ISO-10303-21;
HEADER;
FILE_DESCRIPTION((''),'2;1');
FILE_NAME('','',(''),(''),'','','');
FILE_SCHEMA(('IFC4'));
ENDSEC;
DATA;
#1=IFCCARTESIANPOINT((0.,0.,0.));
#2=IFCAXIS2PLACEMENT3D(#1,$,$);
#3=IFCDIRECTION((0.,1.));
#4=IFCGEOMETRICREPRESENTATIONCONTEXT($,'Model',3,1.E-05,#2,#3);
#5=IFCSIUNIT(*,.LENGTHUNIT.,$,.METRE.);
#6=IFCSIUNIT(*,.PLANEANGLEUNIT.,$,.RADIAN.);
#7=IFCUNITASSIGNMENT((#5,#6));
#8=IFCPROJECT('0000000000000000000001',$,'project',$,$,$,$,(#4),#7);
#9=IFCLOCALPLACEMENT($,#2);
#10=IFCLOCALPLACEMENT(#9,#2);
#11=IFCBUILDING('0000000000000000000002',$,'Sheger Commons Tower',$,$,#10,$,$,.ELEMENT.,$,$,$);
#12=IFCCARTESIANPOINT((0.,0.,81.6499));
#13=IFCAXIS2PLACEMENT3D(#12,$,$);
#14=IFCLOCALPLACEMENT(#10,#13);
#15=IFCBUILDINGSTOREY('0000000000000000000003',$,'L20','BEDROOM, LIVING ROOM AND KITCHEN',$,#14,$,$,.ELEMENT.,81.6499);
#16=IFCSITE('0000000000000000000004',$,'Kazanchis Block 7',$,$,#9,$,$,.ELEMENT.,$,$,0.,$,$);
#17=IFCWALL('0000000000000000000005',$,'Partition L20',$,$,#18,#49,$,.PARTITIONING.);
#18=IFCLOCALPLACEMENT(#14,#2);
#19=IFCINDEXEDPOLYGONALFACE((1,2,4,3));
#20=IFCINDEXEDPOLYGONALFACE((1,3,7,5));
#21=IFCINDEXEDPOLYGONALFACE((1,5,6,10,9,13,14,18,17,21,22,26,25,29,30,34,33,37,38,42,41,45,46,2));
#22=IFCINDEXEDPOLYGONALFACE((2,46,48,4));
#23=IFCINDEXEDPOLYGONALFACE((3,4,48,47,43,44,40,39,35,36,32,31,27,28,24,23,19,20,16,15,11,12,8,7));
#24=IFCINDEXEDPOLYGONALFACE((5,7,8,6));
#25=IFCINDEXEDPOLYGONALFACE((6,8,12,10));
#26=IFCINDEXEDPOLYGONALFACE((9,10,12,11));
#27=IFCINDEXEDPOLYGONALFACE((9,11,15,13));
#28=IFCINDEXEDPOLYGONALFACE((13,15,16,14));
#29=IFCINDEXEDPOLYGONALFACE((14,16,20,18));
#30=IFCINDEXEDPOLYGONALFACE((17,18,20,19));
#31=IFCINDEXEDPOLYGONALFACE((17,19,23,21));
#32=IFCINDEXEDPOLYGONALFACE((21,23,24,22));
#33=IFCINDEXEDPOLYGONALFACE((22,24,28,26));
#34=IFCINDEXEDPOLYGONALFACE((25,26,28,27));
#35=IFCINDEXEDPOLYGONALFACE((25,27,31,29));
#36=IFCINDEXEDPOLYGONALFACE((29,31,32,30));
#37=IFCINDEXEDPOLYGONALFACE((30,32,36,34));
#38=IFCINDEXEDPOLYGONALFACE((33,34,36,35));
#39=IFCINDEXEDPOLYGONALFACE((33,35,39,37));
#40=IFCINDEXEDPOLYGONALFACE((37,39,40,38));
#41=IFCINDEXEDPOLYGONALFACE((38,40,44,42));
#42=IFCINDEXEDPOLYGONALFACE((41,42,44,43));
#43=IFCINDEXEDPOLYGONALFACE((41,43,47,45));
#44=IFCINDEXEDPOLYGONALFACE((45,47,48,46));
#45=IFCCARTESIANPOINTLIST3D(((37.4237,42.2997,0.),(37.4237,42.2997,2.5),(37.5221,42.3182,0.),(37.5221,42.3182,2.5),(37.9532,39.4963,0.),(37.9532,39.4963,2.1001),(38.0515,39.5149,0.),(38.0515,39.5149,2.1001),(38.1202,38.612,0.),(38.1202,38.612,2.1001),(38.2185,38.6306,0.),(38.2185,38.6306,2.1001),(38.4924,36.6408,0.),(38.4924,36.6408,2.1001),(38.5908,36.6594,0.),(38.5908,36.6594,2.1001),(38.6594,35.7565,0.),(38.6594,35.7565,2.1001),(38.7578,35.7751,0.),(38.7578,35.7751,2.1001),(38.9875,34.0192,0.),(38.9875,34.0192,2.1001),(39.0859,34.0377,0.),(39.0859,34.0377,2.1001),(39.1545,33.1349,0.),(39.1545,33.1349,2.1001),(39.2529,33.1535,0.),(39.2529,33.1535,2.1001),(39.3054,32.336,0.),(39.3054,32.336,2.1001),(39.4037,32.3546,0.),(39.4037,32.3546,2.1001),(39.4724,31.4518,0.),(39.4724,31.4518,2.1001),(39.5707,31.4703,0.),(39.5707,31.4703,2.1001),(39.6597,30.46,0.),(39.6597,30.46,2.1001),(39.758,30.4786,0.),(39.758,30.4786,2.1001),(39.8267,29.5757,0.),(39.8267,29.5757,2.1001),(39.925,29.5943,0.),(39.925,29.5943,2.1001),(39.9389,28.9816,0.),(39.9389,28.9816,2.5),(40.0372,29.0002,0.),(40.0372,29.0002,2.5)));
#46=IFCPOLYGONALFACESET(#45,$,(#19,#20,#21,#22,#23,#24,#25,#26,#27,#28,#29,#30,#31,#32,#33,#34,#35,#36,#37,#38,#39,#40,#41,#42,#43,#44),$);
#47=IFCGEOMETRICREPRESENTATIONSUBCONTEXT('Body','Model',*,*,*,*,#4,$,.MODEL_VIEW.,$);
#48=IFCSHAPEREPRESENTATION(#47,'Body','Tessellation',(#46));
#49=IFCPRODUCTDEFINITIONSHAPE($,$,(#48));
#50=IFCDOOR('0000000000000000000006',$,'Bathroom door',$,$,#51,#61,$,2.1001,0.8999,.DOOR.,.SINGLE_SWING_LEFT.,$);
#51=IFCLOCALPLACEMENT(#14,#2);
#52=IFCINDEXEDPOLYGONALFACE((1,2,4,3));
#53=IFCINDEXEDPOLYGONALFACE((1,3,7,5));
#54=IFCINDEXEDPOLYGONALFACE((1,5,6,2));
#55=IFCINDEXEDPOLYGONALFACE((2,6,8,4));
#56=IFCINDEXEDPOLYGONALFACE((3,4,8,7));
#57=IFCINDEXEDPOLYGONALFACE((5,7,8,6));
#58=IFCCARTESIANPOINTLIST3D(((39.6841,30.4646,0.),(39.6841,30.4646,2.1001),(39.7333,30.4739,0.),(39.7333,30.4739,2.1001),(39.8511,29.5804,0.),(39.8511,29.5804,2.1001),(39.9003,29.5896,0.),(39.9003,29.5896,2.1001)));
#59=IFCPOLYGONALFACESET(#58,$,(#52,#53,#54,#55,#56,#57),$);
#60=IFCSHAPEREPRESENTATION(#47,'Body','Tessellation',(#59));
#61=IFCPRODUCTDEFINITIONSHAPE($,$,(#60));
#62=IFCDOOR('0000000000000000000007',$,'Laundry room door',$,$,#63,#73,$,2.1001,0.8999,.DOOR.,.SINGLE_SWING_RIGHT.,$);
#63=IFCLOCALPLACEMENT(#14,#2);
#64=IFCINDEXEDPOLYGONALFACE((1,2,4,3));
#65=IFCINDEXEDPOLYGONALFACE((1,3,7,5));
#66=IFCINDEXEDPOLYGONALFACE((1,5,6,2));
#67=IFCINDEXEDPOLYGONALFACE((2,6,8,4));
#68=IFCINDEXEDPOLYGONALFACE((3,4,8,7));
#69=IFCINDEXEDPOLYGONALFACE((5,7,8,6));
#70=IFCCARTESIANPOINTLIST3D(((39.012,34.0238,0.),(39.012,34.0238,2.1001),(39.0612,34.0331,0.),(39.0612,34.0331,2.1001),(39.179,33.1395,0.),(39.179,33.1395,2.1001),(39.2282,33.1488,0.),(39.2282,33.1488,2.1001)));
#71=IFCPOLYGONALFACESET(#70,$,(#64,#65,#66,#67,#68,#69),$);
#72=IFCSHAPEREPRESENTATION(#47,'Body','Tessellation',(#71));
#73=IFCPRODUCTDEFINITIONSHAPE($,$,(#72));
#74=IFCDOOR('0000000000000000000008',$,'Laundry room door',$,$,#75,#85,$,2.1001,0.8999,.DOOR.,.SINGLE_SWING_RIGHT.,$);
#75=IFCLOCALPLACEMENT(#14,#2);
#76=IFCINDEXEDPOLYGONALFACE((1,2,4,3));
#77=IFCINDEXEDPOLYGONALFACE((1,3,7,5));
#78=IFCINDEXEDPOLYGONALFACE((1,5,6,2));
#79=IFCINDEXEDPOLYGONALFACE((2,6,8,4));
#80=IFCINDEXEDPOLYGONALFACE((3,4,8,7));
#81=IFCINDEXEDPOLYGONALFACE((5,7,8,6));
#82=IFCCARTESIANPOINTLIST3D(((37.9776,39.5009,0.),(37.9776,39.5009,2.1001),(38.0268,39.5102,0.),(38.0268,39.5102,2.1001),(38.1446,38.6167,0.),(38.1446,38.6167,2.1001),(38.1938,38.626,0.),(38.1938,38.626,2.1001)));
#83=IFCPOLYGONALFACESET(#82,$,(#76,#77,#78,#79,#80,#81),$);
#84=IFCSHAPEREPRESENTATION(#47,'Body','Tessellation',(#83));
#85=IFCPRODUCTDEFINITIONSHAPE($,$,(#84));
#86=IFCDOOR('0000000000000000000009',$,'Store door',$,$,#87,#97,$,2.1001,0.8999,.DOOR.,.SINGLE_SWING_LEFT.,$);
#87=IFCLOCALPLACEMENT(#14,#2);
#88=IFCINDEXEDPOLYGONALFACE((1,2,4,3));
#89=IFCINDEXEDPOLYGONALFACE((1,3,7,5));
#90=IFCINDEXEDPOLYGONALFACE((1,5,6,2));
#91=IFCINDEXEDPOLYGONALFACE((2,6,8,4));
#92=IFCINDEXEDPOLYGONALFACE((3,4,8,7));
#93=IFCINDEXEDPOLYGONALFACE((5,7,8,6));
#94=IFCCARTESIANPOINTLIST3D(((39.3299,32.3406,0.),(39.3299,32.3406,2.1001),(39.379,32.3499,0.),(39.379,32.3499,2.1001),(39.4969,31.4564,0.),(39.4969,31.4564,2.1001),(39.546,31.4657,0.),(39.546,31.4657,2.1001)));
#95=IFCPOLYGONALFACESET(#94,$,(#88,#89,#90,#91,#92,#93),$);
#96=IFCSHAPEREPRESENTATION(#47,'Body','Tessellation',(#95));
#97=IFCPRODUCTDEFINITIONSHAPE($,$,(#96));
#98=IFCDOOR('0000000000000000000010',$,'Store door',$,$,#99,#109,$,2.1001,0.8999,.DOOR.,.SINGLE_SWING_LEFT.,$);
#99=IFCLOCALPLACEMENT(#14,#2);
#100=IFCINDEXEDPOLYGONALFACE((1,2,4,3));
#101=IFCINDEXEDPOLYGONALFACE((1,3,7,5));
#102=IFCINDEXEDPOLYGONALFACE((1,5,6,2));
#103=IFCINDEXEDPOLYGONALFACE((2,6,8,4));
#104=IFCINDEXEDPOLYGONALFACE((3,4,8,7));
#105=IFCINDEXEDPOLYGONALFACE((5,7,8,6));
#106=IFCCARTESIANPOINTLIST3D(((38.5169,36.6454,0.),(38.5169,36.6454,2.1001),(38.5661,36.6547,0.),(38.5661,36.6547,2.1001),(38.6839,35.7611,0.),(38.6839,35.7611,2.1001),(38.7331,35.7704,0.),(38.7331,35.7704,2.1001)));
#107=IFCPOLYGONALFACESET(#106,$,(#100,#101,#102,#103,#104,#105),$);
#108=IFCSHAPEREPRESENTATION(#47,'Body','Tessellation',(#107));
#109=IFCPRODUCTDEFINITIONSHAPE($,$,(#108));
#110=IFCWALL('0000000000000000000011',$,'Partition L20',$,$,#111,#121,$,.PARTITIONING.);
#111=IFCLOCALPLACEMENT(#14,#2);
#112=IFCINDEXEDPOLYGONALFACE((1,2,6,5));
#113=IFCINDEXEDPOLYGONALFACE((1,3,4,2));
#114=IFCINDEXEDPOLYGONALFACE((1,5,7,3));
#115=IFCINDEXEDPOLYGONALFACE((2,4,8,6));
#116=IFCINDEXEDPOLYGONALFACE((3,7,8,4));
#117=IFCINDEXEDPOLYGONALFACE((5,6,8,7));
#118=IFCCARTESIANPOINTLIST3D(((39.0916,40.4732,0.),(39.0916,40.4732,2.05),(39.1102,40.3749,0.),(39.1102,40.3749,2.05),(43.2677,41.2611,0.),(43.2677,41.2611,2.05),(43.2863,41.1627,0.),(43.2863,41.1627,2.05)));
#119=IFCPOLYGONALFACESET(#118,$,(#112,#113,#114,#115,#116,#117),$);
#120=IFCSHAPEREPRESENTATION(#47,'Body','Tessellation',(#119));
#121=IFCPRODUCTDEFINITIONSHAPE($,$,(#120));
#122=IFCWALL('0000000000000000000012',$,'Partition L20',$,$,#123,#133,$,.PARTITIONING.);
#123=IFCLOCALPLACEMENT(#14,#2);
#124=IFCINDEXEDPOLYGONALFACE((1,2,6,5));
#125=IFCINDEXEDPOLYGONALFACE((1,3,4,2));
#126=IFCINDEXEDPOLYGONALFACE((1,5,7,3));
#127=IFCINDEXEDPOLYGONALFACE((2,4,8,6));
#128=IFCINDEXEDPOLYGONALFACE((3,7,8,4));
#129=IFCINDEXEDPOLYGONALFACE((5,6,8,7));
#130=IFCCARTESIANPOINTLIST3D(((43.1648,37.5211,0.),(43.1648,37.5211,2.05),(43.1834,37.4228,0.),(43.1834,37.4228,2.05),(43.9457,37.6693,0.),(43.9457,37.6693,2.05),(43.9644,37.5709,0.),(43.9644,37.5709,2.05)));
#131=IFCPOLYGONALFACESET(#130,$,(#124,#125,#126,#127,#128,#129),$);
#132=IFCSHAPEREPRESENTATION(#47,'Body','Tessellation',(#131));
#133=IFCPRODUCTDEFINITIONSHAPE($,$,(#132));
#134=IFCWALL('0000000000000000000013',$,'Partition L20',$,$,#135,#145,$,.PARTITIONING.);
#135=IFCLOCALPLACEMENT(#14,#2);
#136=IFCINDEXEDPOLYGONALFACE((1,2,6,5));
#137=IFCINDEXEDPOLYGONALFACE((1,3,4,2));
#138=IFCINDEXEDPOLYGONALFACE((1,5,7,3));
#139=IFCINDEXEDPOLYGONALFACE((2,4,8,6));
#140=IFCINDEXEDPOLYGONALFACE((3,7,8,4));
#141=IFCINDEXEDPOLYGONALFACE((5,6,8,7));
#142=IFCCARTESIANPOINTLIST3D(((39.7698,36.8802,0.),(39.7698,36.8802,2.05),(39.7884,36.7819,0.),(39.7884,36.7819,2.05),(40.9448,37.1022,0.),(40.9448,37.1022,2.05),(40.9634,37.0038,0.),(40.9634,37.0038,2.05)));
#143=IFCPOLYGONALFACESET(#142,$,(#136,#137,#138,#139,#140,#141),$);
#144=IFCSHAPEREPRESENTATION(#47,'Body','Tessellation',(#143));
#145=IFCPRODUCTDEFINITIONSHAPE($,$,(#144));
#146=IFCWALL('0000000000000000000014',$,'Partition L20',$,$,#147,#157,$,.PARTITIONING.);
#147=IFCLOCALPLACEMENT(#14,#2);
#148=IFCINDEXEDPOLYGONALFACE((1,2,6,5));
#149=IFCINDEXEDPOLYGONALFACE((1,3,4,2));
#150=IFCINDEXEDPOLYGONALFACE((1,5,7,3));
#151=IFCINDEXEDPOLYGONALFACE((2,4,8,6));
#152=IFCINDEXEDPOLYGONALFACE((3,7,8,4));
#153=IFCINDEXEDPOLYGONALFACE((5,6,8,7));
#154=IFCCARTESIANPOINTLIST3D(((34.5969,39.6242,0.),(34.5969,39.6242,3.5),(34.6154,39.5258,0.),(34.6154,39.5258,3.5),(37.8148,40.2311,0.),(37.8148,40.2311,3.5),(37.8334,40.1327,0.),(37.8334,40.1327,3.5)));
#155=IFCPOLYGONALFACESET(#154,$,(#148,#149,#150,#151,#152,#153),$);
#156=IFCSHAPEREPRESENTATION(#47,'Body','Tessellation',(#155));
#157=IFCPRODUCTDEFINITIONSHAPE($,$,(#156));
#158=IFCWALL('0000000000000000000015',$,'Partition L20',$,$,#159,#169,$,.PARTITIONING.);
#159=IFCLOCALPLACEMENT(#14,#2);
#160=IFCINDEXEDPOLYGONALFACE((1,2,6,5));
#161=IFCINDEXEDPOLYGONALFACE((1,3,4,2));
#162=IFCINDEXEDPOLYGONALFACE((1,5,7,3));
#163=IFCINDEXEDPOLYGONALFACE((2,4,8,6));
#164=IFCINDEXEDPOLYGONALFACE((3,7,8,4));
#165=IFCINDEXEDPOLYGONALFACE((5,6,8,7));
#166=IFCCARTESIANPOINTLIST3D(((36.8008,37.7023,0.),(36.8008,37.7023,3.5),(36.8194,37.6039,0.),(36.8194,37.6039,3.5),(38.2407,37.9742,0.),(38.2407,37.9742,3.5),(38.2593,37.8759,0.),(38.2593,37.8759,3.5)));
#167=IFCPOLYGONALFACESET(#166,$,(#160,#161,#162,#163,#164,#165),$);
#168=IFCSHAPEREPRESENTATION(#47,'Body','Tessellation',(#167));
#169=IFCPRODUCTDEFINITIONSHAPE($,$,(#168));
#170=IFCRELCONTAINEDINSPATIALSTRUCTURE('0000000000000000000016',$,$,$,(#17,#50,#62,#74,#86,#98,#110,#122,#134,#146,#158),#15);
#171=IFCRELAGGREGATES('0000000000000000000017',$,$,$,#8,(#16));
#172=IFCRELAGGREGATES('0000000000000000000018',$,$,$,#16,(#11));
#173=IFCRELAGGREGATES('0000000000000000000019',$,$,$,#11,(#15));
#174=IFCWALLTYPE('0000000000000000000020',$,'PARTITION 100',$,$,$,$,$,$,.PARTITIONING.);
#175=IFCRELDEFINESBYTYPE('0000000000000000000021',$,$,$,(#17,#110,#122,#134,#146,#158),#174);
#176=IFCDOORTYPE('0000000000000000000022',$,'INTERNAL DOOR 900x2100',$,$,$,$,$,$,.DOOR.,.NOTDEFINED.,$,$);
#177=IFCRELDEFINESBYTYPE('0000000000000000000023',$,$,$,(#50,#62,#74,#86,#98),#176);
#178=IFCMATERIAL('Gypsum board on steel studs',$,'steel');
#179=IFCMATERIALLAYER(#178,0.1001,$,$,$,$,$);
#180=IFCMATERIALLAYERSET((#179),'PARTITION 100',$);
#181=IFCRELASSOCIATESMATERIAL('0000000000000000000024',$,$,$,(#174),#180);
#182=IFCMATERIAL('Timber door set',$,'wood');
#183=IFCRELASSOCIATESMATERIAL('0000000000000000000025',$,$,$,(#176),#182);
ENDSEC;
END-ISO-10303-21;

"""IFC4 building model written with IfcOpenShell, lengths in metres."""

from ifc_helpers import new_model, si_unit, direction, frame, frame_2d, origin, place, context, subcontext, project, spatial, rectangle, extrude, material, layer, layer_set, type_object, element, fill, save


model = new_model("IFC4")

# Units and contexts
model_context = context("Model", 3, precision=1e-05, world=origin(), true_north=direction((0.0, 1.0)))
body_context = subcontext(model_context, "Body", "Model", "MODEL_VIEW")
ifc_project = project(units=[si_unit("LENGTHUNIT", "METRE"), si_unit("PLANEANGLEUNIT", "RADIAN")], contexts=[model_context])

# Site, building, storey
site_placement = place(None, origin())
site = spatial("IfcSite", under=ifc_project, at=site_placement, Name="Kazanchis Block 7", CompositionType="ELEMENT", RefElevation=0.0)
building_placement = place(site_placement, origin())
building = spatial("IfcBuilding", under=site, at=building_placement, Name="Sheger Commons Tower", CompositionType="ELEMENT")
storey_placement = place(building_placement, frame((0.0, 0.0, 81.6499)))
storey = spatial("IfcBuildingStorey", under=building, at=storey_placement, Name="L20", Description="BEDROOM, LIVING ROOM AND KITCHEN", CompositionType="ELEMENT", Elevation=81.6499)

# Shared definitions
ifc_material_1 = material(Name="Gypsum board on steel studs", Category="steel")
ifc_layer_1 = layer(ifc_material_1, 0.1001)
ifc_layer_set_1 = layer_set([ifc_layer_1], Name="PARTITION 100")
wall_type = type_object("IfcWallType", Name="PARTITION 100", PredefinedType="PARTITIONING", material=ifc_layer_set_1)

# Wall, openings, doors
ifc_material_2 = material(Name="Timber door set", Category="wood")
door_type = type_object("IfcDoorType", Name="INTERNAL DOOR 900x2100", OperationType="NOTDEFINED", PredefinedType="DOOR", material=ifc_material_2)
wall_1_placement = place(storey_placement, frame((37.4729, 42.3091, 0.0), z_axis=(0.0, 0.0, 1.0), x_axis=(0.185571, -0.982631, 0.0)))
wall_1 = element("IfcWall", 1, at=wall_1_placement, inside=storey, type_object=wall_type, Name="Partition L20", PredefinedType="PARTITIONING", context=body_context, shape_type="SweptSolid", body=[
    extrude(rectangle(XDim=13.5535, YDim=0.1001, at=frame_2d((6.7769, 0.0))), origin(), (0.0, 0.0, 1.0), 2.5),
])
opening_1_placement = place(wall_1_placement, frame((12.0491, 0.0, 0.0)))
opening_1 = element("IfcOpeningElement", 2, at=opening_1_placement, cuts=wall_1, PredefinedType="OPENING", context=body_context, shape_type="SweptSolid", body=[
    extrude(rectangle(XDim=0.8999, YDim=2.1001, at=frame_2d((0.45, 1.05))), frame((0.0, 0.0601, 0.0), z_axis=(0.0, -1.0, 0.0), x_axis=(1.0, 0.0, 0.0)), (0.0, 0.0, 1.0), 0.1201),
])
opening_2_placement = place(wall_1_placement, frame((8.427, 0.0, 0.0)))
opening_2 = element("IfcOpeningElement", 3, at=opening_2_placement, cuts=wall_1, PredefinedType="OPENING", context=body_context, shape_type="SweptSolid", body=[
    extrude(rectangle(XDim=0.8999, YDim=2.1001, at=frame_2d((0.45, 1.05))), frame((0.0, 0.0601, 0.0), z_axis=(0.0, -1.0, 0.0), x_axis=(1.0, 0.0, 0.0)), (0.0, 0.0, 1.0), 0.1201),
])
opening_3_placement = place(wall_1_placement, frame((2.853, 0.0, 0.0)))
opening_3 = element("IfcOpeningElement", 4, at=opening_3_placement, cuts=wall_1, PredefinedType="OPENING", context=body_context, shape_type="SweptSolid", body=[
    extrude(rectangle(XDim=0.8999, YDim=2.1001, at=frame_2d((0.45, 1.05))), frame((0.0, 0.0601, 0.0), z_axis=(0.0, -1.0, 0.0), x_axis=(1.0, 0.0, 0.0)), (0.0, 0.0, 1.0), 0.1201),
])
opening_4_placement = place(wall_1_placement, frame((10.1399, 0.0, 0.0)))
opening_4 = element("IfcOpeningElement", 5, at=opening_4_placement, cuts=wall_1, PredefinedType="OPENING", context=body_context, shape_type="SweptSolid", body=[
    extrude(rectangle(XDim=0.8999, YDim=2.1001, at=frame_2d((0.45, 1.05))), frame((0.0, 0.0601, 0.0), z_axis=(0.0, -1.0, 0.0), x_axis=(1.0, 0.0, 0.0)), (0.0, 0.0, 1.0), 0.1201),
])
opening_5_placement = place(wall_1_placement, frame((5.759, 0.0, 0.0)))
opening_5 = element("IfcOpeningElement", 6, at=opening_5_placement, cuts=wall_1, PredefinedType="OPENING", context=body_context, shape_type="SweptSolid", body=[
    extrude(rectangle(XDim=0.8999, YDim=2.1001, at=frame_2d((0.45, 1.05))), frame((0.0, 0.0601, 0.0), z_axis=(0.0, -1.0, 0.0), x_axis=(1.0, 0.0, 0.0)), (0.0, 0.0, 1.0), 0.1201),
])
door_1_placement = place(opening_1_placement, origin())
door_1 = element("IfcDoor", 7, at=door_1_placement, inside=storey, type_object=door_type, Name="Bathroom door", OperationType="SINGLE_SWING_LEFT", OverallHeight=2.1001, OverallWidth=0.8999, PredefinedType="DOOR", context=body_context, shape_type="SweptSolid", body=[
    extrude(rectangle(XDim=0.8999, YDim=2.1001, at=frame_2d((0.45, 1.05))), frame((0.0, 0.0249, 0.0), z_axis=(0.0, -1.0, 0.0), x_axis=(1.0, 0.0, 0.0)), (0.0, 0.0, 1.0), 0.05),
])
fill(opening_1, door_1)
door_2_placement = place(opening_2_placement, origin())
door_2 = element("IfcDoor", 8, at=door_2_placement, inside=storey, type_object=door_type, Name="Laundry room door", OperationType="SINGLE_SWING_RIGHT", OverallHeight=2.1001, OverallWidth=0.8999, PredefinedType="DOOR", context=body_context, shape_type="SweptSolid", body=[
    extrude(rectangle(XDim=0.8999, YDim=2.1001, at=frame_2d((0.45, 1.05))), frame((0.0, 0.0249, 0.0), z_axis=(0.0, -1.0, 0.0), x_axis=(1.0, 0.0, 0.0)), (0.0, 0.0, 1.0), 0.05),
])
fill(opening_2, door_2)
door_3_placement = place(opening_3_placement, origin())
door_3 = element("IfcDoor", 9, at=door_3_placement, inside=storey, type_object=door_type, Name="Laundry room door", OperationType="SINGLE_SWING_RIGHT", OverallHeight=2.1001, OverallWidth=0.8999, PredefinedType="DOOR", context=body_context, shape_type="SweptSolid", body=[
    extrude(rectangle(XDim=0.8999, YDim=2.1001, at=frame_2d((0.45, 1.05))), frame((0.0, 0.0249, 0.0), z_axis=(0.0, -1.0, 0.0), x_axis=(1.0, 0.0, 0.0)), (0.0, 0.0, 1.0), 0.05),
])
fill(opening_3, door_3)
door_4_placement = place(opening_4_placement, origin())
door_4 = element("IfcDoor", 10, at=door_4_placement, inside=storey, type_object=door_type, Name="Store door", OperationType="SINGLE_SWING_LEFT", OverallHeight=2.1001, OverallWidth=0.8999, PredefinedType="DOOR", context=body_context, shape_type="SweptSolid", body=[
    extrude(rectangle(XDim=0.8999, YDim=2.1001, at=frame_2d((0.45, 1.05))), frame((0.0, 0.0249, 0.0), z_axis=(0.0, -1.0, 0.0), x_axis=(1.0, 0.0, 0.0)), (0.0, 0.0, 1.0), 0.05),
])
fill(opening_4, door_4)
door_5_placement = place(opening_5_placement, origin())
door_5 = element("IfcDoor", 11, at=door_5_placement, inside=storey, type_object=door_type, Name="Store door", OperationType="SINGLE_SWING_LEFT", OverallHeight=2.1001, OverallWidth=0.8999, PredefinedType="DOOR", context=body_context, shape_type="SweptSolid", body=[
    extrude(rectangle(XDim=0.8999, YDim=2.1001, at=frame_2d((0.45, 1.05))), frame((0.0, 0.0249, 0.0), z_axis=(0.0, -1.0, 0.0), x_axis=(1.0, 0.0, 0.0)), (0.0, 0.0, 1.0), 0.05),
])
fill(opening_5, door_5)

# Walls
wall_2_placement = place(storey_placement, frame((43.2771, 41.2119, 0.0), z_axis=(0.0, 0.0, 1.0), x_axis=(-0.982665, -0.185388, 0.0)))
element("IfcWall", 12, at=wall_2_placement, inside=storey, type_object=wall_type, Name="Partition L20", PredefinedType="PARTITIONING", context=body_context, shape_type="SweptSolid", body=[
    extrude(rectangle(XDim=4.2498, YDim=0.1001, at=frame_2d((2.125, 0.0))), origin(), (0.0, 0.0, 1.0), 2.05),
])
wall_3_placement = place(storey_placement, frame((43.9551, 37.6201, 0.0), z_axis=(0.0, 0.0, 1.0), x_axis=(-0.98247, -0.186421, 0.0)))
element("IfcWall", 13, at=wall_3_placement, inside=storey, type_object=wall_type, Name="Partition L20", PredefinedType="PARTITIONING", context=body_context, shape_type="SweptSolid", body=[
    extrude(rectangle(XDim=0.7949, YDim=0.1001, at=frame_2d((0.3975, 0.0))), origin(), (0.0, 0.0, 1.0), 2.05),
])
wall_4_placement = place(storey_placement, frame((40.9541, 37.053, 0.0), z_axis=(0.0, 0.0, 1.0), x_axis=(-0.982629, -0.185583, 0.0)))
element("IfcWall", 14, at=wall_4_placement, inside=storey, type_object=wall_type, Name="Partition L20", PredefinedType="PARTITIONING", context=body_context, shape_type="SweptSolid", body=[
    extrude(rectangle(XDim=1.1958, YDim=0.1001, at=frame_2d((0.5979, 0.0))), origin(), (0.0, 0.0, 1.0), 2.05),
])
wall_5_placement = place(storey_placement, frame((37.824, 40.1819, 0.0), z_axis=(0.0, 0.0, 1.0), x_axis=(-0.982675, -0.185337, 0.0)))
element("IfcWall", 15, at=wall_5_placement, inside=storey, type_object=wall_type, Name="Partition L20", PredefinedType="PARTITIONING", context=body_context, shape_type="SweptSolid", body=[
    extrude(rectangle(XDim=3.2747, YDim=0.1001, at=frame_2d((1.6372, 0.0))), origin(), (0.0, 0.0, 1.0), 3.5),
])
wall_6_placement = place(storey_placement, frame((38.25, 37.925, 0.0), z_axis=(0.0, 0.0, 1.0), x_axis=(-0.982626, -0.185596, 0.0)))
element("IfcWall", 16, at=wall_6_placement, inside=storey, type_object=wall_type, Name="Partition L20", PredefinedType="PARTITIONING", context=body_context, shape_type="SweptSolid", body=[
    extrude(rectangle(XDim=1.4653, YDim=0.1001, at=frame_2d((0.7327, 0.0))), origin(), (0.0, 0.0, 1.0), 3.5),
])

save(model, "model.ifc")
